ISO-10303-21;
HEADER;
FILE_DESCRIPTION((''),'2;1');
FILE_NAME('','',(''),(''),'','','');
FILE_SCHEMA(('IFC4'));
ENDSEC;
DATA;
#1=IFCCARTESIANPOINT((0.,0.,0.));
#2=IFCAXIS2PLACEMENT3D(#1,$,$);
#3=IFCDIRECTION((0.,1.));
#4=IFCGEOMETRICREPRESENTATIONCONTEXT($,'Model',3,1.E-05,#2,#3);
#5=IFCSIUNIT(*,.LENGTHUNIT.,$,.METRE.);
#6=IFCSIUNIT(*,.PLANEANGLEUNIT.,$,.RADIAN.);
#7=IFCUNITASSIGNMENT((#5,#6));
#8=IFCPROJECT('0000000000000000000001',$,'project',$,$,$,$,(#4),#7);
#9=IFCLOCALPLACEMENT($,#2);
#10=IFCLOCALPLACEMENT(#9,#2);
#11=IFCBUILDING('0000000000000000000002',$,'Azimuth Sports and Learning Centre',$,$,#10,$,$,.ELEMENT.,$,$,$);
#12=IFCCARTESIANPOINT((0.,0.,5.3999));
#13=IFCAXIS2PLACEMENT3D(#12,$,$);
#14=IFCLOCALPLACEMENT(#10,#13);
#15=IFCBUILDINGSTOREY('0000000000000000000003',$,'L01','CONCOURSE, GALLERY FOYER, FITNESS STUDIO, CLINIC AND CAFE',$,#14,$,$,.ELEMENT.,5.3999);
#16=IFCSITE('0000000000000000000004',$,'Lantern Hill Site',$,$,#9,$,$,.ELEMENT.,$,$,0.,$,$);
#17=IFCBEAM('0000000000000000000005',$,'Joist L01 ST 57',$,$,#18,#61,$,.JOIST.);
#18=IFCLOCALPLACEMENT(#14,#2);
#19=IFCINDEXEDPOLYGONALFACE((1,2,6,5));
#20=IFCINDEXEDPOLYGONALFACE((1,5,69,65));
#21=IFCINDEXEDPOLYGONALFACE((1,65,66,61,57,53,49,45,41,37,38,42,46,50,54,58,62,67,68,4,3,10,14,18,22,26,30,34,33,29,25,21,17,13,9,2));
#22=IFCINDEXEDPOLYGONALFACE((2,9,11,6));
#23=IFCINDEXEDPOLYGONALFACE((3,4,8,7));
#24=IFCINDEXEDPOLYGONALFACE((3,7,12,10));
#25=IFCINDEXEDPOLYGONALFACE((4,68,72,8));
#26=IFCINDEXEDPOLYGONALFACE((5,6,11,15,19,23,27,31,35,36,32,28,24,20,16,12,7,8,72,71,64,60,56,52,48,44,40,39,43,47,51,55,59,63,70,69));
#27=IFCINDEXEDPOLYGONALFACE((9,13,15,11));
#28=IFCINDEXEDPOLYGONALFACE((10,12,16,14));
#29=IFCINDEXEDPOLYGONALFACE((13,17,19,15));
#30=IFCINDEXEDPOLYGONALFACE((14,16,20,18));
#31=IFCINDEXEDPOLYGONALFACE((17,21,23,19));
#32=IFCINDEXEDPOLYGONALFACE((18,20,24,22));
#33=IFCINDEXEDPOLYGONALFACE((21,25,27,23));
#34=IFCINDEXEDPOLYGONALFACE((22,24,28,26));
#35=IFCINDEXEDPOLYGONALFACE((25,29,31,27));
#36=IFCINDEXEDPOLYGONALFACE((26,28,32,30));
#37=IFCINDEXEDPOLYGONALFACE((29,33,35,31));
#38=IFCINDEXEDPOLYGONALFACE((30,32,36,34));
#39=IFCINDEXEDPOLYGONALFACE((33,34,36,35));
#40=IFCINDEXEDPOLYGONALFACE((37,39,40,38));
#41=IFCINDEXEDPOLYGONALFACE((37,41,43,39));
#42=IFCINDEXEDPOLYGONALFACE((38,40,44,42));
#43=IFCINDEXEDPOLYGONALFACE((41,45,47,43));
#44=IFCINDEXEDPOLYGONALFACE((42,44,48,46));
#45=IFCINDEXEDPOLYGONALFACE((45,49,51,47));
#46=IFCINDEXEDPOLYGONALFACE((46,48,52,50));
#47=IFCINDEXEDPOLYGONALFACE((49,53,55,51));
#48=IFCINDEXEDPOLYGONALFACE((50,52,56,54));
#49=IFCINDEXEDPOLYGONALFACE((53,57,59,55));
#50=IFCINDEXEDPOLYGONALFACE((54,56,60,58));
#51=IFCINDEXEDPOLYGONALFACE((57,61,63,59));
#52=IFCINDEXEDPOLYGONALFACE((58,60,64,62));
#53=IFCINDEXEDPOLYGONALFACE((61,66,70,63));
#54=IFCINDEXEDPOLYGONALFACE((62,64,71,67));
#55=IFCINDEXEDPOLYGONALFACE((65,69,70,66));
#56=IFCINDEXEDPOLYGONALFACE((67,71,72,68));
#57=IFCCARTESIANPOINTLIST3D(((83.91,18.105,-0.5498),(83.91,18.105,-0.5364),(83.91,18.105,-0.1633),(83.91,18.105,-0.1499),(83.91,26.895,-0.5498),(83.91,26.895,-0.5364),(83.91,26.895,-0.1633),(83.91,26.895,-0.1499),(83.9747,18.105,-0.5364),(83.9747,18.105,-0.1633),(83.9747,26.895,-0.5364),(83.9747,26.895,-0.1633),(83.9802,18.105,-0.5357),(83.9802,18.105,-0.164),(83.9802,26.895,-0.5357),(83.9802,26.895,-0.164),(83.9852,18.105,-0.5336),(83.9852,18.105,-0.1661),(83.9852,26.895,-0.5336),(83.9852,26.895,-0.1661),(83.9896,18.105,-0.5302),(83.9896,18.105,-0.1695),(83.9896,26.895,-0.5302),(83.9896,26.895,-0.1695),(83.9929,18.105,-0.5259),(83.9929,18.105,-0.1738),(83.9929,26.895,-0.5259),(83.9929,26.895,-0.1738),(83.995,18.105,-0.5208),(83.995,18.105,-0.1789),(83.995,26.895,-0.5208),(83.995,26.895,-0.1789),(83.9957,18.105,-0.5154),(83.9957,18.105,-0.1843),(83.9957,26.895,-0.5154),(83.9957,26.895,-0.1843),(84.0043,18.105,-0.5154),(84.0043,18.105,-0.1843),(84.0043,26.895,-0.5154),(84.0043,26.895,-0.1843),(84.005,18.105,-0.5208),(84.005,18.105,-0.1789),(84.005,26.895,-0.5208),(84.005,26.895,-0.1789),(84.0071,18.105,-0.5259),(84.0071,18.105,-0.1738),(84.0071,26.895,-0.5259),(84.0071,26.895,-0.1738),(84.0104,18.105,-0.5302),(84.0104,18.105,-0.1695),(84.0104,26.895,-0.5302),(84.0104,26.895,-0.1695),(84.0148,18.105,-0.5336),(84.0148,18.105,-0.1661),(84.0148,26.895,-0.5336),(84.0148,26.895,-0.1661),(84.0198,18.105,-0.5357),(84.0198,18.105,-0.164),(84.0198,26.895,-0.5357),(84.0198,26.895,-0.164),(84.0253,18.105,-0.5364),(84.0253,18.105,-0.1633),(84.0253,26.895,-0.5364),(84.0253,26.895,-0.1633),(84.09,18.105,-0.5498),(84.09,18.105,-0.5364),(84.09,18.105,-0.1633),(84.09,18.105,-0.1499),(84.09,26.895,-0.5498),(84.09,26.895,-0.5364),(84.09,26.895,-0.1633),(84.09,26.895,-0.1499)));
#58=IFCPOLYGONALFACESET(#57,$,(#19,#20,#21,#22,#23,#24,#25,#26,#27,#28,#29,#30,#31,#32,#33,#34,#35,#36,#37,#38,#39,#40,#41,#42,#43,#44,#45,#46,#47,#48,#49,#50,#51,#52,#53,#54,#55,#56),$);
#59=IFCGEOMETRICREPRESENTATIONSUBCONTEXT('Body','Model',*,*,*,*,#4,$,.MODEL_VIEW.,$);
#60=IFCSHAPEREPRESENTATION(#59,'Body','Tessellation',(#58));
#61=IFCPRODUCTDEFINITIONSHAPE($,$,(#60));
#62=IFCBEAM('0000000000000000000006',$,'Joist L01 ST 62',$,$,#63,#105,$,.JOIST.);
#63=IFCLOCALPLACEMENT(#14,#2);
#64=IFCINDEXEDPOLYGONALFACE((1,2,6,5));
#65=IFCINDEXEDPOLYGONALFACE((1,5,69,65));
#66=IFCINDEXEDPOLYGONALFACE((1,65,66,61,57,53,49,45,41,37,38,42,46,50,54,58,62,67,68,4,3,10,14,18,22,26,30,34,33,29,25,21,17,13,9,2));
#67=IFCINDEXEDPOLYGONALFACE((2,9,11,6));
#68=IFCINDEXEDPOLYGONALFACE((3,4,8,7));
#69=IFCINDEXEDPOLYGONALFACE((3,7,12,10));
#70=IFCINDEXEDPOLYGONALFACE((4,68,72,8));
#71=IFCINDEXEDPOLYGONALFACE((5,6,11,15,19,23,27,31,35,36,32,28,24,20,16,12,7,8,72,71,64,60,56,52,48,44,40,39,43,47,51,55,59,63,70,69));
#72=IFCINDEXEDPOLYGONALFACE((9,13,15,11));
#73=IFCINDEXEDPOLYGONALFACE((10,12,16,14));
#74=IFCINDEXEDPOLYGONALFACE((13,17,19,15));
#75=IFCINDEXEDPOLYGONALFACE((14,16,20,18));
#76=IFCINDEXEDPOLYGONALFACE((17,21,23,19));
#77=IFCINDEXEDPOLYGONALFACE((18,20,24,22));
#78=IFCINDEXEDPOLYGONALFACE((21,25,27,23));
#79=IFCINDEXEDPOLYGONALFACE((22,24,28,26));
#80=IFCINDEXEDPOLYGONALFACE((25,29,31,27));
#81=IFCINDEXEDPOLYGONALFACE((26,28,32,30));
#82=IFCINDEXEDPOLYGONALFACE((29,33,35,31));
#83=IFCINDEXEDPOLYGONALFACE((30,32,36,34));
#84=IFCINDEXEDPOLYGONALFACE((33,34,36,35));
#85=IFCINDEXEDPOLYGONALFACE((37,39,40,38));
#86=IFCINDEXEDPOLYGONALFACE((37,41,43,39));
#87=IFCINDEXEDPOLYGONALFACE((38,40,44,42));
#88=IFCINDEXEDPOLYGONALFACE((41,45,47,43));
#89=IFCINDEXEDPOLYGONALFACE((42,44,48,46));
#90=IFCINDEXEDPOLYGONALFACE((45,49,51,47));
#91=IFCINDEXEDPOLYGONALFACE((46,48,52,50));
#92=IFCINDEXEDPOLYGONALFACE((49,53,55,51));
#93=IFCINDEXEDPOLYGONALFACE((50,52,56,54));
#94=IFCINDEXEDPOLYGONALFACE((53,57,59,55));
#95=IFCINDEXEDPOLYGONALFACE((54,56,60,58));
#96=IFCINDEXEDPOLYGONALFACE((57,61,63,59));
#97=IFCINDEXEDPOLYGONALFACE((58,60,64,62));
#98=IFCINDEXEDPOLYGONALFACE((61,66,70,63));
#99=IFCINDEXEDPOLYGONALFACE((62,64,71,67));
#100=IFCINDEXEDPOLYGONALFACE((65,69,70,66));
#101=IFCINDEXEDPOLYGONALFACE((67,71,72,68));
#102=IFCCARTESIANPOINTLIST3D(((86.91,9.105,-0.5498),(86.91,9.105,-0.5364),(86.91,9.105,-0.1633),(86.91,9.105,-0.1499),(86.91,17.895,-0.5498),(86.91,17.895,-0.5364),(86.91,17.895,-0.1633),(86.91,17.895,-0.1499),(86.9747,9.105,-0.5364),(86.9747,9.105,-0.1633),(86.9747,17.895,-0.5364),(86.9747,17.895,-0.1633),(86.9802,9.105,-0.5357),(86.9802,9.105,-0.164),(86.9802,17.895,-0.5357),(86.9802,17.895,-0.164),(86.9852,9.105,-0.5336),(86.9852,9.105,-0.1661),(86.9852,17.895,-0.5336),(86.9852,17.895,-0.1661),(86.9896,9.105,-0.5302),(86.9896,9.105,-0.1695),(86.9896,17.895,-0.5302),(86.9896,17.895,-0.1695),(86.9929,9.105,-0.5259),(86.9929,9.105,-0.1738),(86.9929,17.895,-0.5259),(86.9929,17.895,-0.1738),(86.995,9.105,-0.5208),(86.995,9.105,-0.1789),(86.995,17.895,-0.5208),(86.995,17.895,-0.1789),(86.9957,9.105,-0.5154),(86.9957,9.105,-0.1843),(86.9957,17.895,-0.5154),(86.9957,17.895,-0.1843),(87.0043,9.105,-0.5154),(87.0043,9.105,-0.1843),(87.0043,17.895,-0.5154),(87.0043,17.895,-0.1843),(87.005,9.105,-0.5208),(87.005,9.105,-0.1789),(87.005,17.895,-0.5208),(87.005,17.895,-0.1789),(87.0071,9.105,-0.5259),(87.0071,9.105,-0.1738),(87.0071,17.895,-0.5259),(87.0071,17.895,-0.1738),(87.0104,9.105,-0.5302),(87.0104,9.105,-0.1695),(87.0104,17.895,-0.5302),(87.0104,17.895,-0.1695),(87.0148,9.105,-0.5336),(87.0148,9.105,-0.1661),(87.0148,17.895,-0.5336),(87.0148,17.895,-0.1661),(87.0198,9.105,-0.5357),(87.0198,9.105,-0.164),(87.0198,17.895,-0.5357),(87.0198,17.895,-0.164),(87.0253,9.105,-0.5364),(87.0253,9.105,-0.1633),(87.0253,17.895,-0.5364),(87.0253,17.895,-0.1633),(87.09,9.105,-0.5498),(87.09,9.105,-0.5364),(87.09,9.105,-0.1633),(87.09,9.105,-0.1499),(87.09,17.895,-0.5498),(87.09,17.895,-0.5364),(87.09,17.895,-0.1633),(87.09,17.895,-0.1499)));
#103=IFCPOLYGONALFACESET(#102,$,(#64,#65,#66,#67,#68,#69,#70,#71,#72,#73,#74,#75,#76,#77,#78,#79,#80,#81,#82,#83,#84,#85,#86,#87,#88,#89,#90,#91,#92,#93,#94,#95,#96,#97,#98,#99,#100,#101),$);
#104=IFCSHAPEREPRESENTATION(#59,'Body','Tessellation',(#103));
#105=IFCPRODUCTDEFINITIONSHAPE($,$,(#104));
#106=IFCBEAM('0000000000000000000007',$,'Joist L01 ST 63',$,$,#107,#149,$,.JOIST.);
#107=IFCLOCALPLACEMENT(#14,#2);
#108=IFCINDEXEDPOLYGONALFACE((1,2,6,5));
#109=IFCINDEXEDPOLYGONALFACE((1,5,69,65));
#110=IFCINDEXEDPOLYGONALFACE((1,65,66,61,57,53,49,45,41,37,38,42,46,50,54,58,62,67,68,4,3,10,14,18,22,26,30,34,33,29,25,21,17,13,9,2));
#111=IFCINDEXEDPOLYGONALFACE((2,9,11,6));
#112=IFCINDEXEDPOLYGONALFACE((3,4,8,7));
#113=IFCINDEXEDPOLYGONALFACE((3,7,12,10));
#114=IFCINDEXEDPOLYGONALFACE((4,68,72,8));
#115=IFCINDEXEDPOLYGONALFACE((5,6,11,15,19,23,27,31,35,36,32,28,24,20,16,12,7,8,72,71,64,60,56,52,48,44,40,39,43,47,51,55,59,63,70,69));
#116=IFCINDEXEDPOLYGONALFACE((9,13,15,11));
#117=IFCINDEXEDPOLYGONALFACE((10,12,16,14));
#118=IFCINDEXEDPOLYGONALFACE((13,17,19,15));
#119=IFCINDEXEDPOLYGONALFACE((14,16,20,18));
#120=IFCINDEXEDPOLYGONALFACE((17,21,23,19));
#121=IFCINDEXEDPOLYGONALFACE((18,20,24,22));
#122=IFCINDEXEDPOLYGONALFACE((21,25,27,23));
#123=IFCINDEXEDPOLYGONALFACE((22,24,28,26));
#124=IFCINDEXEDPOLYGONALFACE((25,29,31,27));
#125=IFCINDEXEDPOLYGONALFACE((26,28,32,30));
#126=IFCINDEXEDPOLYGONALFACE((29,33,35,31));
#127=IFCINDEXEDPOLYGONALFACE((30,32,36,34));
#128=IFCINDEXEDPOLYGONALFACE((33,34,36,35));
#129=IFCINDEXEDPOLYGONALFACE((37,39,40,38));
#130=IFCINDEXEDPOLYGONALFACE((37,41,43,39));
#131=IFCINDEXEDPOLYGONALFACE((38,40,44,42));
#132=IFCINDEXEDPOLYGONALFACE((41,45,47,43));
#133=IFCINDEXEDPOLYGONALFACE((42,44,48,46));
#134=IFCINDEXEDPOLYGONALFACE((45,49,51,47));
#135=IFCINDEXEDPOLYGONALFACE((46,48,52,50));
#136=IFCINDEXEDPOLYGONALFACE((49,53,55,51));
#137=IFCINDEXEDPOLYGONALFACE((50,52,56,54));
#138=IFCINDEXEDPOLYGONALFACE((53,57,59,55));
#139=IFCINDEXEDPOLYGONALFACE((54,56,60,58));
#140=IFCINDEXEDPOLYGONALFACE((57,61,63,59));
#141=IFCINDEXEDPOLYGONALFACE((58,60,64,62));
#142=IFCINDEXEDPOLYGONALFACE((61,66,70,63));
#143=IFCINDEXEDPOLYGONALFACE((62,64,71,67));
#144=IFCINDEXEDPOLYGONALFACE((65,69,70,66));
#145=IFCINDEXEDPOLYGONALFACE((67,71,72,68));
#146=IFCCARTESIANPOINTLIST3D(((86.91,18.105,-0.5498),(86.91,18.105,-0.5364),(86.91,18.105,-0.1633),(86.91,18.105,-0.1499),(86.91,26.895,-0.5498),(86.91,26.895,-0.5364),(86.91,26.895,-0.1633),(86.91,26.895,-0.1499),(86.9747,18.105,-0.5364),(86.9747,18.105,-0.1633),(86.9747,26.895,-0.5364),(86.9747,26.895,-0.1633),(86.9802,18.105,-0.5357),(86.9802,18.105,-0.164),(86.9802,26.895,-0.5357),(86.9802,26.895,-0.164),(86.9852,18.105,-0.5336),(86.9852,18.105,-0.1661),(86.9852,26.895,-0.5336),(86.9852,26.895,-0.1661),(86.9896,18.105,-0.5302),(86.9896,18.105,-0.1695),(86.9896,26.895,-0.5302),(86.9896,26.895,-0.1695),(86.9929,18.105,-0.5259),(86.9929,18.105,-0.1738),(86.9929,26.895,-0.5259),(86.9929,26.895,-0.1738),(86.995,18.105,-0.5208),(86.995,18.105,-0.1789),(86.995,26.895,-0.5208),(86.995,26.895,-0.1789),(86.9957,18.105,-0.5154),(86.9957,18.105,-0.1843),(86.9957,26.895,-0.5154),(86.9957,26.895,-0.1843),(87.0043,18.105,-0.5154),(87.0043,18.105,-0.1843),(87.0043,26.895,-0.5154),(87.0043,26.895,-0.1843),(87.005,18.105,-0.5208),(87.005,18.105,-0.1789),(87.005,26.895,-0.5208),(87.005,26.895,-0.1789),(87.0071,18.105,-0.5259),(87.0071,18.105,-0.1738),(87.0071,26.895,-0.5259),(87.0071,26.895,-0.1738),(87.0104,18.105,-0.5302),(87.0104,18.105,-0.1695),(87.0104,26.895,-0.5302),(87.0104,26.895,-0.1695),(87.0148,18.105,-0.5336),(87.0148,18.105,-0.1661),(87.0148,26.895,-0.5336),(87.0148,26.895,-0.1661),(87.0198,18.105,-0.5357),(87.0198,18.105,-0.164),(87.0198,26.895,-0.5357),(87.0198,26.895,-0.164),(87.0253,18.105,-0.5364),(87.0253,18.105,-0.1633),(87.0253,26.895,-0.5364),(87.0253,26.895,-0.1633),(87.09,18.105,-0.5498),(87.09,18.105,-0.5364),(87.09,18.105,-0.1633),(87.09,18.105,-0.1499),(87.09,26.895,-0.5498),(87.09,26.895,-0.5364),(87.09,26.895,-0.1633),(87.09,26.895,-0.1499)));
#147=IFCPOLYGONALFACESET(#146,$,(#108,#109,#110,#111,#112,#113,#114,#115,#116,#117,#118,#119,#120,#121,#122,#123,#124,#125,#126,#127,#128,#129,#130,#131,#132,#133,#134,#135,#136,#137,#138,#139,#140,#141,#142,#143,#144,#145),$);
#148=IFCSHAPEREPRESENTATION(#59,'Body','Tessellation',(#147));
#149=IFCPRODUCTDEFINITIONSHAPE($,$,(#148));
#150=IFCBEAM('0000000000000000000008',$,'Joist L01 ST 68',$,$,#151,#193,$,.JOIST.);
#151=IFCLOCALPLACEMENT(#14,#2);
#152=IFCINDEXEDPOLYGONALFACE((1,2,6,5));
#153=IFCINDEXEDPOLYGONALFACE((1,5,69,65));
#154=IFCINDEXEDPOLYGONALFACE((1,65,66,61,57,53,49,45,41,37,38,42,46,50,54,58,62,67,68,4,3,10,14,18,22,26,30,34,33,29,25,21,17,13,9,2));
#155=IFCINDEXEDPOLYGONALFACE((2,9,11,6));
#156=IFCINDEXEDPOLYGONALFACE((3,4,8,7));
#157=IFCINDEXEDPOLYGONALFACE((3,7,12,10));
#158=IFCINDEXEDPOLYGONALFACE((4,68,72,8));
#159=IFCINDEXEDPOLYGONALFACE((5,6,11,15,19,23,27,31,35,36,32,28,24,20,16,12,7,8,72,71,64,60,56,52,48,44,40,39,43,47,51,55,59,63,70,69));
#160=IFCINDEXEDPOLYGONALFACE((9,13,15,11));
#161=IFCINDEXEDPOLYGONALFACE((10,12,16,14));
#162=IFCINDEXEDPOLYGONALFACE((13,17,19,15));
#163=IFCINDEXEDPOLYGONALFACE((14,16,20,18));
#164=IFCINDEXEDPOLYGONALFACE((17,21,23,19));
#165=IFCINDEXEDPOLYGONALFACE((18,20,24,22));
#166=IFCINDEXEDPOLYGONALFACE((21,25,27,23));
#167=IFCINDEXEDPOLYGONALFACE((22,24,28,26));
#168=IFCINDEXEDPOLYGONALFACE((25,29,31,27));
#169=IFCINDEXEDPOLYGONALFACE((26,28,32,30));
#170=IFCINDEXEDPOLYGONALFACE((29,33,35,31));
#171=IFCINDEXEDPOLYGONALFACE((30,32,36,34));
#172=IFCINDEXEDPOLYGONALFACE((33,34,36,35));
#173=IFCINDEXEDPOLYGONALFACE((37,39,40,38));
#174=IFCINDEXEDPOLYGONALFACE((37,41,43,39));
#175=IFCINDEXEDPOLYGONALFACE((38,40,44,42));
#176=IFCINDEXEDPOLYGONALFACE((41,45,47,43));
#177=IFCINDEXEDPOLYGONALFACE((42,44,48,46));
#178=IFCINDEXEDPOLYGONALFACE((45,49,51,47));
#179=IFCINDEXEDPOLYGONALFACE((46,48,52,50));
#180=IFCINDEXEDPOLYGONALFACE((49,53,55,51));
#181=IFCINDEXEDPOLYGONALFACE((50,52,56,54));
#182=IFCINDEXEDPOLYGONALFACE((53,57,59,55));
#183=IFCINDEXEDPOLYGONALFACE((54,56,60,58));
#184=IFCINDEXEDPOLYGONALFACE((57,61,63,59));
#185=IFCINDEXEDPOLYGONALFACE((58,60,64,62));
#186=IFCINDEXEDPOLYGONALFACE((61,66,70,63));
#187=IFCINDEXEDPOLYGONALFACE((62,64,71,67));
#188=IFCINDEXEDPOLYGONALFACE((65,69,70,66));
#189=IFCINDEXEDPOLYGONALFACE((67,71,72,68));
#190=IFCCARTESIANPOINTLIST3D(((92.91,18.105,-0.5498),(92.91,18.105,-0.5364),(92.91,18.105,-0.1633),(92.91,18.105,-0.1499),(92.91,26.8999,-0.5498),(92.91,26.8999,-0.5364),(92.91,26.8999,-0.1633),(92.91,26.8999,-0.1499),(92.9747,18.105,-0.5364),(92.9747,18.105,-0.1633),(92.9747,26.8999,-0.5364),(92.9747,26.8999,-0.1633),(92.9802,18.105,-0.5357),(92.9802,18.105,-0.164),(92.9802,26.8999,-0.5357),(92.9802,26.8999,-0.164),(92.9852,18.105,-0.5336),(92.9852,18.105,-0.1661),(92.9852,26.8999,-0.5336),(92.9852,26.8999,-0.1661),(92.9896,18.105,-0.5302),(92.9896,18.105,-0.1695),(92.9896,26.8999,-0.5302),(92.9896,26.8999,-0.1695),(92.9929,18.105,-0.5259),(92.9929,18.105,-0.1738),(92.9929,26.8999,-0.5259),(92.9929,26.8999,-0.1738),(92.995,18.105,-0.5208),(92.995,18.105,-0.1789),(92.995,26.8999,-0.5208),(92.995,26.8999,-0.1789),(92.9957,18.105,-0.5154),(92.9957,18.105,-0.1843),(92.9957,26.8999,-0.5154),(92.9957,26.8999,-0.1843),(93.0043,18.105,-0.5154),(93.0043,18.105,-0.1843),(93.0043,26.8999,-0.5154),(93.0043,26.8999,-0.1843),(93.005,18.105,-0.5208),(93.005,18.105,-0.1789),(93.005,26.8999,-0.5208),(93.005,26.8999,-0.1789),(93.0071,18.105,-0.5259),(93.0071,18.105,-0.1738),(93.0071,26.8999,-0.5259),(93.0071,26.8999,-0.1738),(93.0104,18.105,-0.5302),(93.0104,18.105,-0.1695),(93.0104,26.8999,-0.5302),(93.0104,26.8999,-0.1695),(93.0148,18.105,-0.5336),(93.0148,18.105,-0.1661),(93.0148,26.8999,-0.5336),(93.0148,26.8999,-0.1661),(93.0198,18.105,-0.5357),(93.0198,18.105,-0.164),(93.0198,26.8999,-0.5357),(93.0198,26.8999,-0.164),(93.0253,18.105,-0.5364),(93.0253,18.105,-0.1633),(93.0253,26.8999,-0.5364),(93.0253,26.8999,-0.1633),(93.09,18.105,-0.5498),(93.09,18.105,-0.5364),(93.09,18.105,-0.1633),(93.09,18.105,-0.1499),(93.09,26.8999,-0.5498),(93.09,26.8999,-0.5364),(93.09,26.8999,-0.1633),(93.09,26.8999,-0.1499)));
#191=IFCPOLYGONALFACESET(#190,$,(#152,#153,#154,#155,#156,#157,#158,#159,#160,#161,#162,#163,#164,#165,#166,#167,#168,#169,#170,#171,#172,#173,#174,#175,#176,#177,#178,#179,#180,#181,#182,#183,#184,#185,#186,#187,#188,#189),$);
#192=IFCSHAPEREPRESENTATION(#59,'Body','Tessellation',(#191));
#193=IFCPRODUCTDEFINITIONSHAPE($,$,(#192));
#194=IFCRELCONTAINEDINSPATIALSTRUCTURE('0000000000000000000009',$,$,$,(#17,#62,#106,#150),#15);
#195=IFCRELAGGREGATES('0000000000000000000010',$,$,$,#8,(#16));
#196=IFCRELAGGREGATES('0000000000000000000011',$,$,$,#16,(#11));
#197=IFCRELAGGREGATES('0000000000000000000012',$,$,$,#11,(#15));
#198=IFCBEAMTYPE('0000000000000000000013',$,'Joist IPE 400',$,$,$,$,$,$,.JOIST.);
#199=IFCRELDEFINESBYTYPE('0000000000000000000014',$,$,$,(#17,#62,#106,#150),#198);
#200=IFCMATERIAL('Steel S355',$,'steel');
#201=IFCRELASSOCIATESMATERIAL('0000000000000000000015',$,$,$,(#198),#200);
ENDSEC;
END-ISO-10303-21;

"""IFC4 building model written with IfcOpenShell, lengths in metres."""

from ifc_helpers import new_model, si_unit, direction, frame, origin, origin_2d, place, context, subcontext, project, spatial, i_section, extrude, material, material_profile, profile_set, type_object, element, save


model = new_model("IFC4")

# Units and contexts
model_context = context("Model", 3, precision=1e-05, world=origin(), true_north=direction((0.0, 1.0)))
body_context = subcontext(model_context, "Body", "Model", "MODEL_VIEW")
ifc_project = project(units=[si_unit("LENGTHUNIT", "METRE"), si_unit("PLANEANGLEUNIT", "RADIAN")], contexts=[model_context])

# Site, building, storey
site_placement = place(None, origin())
site = spatial("IfcSite", under=ifc_project, at=site_placement, Name="Lantern Hill Site", CompositionType="ELEMENT", RefElevation=0.0)
building_placement = place(site_placement, origin())
building = spatial("IfcBuilding", under=site, at=building_placement, Name="Azimuth Sports and Learning Centre", CompositionType="ELEMENT")
storey_placement = place(building_placement, frame((0.0, 0.0, 5.3999)))
storey = spatial("IfcBuildingStorey", under=building, at=storey_placement, Name="L01", Description="CONCOURSE, GALLERY FOYER, FITNESS STUDIO, CLINIC AND CAFE", CompositionType="ELEMENT", Elevation=5.3999)

# Beams
ifc_material_1 = material(Name="Steel S355", Category="steel")
ifc_material_profile_1 = material_profile(ifc_material_1, i_section(OverallWidth=0.1799, OverallDepth=0.3999, WebThickness=0.0085, FlangeThickness=0.0134, FilletRadius=0.021, at=origin_2d()), Name="IPE 400")
ifc_profile_set_1 = profile_set([ifc_material_profile_1], Name="Steel S355")
beam_type_1 = type_object("IfcBeamType", Name="Joist IPE 400", PredefinedType="JOIST", material=ifc_profile_set_1)
for number, where, z_axis, x_axis, name in (
    (1, (84.0, 18.105, -0.3499), (0.0, 1.0, 0.0), (-1.0, 0.0, 0.0), "Joist L01 ST 57"),
    (2, (87.0, 9.105, -0.3499), (0.0, 1.0, 0.0), (-1.0, 0.0, 0.0), "Joist L01 ST 62"),
    (3, (87.0, 18.105, -0.3499), (0.0, 1.0, 0.0), (-1.0, 0.0, 0.0), "Joist L01 ST 63"),
):
    element("IfcBeam", number, at=place(storey_placement, frame(where, z_axis=z_axis, x_axis=x_axis)), inside=storey, type_object=beam_type_1, Name=name, PredefinedType="JOIST", context=body_context, shape_type="SweptSolid", body=[
        extrude(i_section(OverallWidth=0.1799, OverallDepth=0.3999, WebThickness=0.0085, FlangeThickness=0.0134, FilletRadius=0.021, at=origin_2d()), origin(), (0.0, 0.0, 1.0), 8.79),
    ])
for number, where, z_axis, x_axis, name in (
    (4, (93.0, 18.105, -0.3499), (0.0, 1.0, 0.0), (-1.0, 0.0, 0.0), "Joist L01 ST 68"),
):
    element("IfcBeam", number, at=place(storey_placement, frame(where, z_axis=z_axis, x_axis=x_axis)), inside=storey, type_object=beam_type_1, Name=name, PredefinedType="JOIST", context=body_context, shape_type="SweptSolid", body=[
        extrude(i_section(OverallWidth=0.1799, OverallDepth=0.3999, WebThickness=0.0085, FlangeThickness=0.0134, FilletRadius=0.021, at=origin_2d()), origin(), (0.0, 0.0, 1.0), 8.7949),
    ])

save(model, "model.ifc")
